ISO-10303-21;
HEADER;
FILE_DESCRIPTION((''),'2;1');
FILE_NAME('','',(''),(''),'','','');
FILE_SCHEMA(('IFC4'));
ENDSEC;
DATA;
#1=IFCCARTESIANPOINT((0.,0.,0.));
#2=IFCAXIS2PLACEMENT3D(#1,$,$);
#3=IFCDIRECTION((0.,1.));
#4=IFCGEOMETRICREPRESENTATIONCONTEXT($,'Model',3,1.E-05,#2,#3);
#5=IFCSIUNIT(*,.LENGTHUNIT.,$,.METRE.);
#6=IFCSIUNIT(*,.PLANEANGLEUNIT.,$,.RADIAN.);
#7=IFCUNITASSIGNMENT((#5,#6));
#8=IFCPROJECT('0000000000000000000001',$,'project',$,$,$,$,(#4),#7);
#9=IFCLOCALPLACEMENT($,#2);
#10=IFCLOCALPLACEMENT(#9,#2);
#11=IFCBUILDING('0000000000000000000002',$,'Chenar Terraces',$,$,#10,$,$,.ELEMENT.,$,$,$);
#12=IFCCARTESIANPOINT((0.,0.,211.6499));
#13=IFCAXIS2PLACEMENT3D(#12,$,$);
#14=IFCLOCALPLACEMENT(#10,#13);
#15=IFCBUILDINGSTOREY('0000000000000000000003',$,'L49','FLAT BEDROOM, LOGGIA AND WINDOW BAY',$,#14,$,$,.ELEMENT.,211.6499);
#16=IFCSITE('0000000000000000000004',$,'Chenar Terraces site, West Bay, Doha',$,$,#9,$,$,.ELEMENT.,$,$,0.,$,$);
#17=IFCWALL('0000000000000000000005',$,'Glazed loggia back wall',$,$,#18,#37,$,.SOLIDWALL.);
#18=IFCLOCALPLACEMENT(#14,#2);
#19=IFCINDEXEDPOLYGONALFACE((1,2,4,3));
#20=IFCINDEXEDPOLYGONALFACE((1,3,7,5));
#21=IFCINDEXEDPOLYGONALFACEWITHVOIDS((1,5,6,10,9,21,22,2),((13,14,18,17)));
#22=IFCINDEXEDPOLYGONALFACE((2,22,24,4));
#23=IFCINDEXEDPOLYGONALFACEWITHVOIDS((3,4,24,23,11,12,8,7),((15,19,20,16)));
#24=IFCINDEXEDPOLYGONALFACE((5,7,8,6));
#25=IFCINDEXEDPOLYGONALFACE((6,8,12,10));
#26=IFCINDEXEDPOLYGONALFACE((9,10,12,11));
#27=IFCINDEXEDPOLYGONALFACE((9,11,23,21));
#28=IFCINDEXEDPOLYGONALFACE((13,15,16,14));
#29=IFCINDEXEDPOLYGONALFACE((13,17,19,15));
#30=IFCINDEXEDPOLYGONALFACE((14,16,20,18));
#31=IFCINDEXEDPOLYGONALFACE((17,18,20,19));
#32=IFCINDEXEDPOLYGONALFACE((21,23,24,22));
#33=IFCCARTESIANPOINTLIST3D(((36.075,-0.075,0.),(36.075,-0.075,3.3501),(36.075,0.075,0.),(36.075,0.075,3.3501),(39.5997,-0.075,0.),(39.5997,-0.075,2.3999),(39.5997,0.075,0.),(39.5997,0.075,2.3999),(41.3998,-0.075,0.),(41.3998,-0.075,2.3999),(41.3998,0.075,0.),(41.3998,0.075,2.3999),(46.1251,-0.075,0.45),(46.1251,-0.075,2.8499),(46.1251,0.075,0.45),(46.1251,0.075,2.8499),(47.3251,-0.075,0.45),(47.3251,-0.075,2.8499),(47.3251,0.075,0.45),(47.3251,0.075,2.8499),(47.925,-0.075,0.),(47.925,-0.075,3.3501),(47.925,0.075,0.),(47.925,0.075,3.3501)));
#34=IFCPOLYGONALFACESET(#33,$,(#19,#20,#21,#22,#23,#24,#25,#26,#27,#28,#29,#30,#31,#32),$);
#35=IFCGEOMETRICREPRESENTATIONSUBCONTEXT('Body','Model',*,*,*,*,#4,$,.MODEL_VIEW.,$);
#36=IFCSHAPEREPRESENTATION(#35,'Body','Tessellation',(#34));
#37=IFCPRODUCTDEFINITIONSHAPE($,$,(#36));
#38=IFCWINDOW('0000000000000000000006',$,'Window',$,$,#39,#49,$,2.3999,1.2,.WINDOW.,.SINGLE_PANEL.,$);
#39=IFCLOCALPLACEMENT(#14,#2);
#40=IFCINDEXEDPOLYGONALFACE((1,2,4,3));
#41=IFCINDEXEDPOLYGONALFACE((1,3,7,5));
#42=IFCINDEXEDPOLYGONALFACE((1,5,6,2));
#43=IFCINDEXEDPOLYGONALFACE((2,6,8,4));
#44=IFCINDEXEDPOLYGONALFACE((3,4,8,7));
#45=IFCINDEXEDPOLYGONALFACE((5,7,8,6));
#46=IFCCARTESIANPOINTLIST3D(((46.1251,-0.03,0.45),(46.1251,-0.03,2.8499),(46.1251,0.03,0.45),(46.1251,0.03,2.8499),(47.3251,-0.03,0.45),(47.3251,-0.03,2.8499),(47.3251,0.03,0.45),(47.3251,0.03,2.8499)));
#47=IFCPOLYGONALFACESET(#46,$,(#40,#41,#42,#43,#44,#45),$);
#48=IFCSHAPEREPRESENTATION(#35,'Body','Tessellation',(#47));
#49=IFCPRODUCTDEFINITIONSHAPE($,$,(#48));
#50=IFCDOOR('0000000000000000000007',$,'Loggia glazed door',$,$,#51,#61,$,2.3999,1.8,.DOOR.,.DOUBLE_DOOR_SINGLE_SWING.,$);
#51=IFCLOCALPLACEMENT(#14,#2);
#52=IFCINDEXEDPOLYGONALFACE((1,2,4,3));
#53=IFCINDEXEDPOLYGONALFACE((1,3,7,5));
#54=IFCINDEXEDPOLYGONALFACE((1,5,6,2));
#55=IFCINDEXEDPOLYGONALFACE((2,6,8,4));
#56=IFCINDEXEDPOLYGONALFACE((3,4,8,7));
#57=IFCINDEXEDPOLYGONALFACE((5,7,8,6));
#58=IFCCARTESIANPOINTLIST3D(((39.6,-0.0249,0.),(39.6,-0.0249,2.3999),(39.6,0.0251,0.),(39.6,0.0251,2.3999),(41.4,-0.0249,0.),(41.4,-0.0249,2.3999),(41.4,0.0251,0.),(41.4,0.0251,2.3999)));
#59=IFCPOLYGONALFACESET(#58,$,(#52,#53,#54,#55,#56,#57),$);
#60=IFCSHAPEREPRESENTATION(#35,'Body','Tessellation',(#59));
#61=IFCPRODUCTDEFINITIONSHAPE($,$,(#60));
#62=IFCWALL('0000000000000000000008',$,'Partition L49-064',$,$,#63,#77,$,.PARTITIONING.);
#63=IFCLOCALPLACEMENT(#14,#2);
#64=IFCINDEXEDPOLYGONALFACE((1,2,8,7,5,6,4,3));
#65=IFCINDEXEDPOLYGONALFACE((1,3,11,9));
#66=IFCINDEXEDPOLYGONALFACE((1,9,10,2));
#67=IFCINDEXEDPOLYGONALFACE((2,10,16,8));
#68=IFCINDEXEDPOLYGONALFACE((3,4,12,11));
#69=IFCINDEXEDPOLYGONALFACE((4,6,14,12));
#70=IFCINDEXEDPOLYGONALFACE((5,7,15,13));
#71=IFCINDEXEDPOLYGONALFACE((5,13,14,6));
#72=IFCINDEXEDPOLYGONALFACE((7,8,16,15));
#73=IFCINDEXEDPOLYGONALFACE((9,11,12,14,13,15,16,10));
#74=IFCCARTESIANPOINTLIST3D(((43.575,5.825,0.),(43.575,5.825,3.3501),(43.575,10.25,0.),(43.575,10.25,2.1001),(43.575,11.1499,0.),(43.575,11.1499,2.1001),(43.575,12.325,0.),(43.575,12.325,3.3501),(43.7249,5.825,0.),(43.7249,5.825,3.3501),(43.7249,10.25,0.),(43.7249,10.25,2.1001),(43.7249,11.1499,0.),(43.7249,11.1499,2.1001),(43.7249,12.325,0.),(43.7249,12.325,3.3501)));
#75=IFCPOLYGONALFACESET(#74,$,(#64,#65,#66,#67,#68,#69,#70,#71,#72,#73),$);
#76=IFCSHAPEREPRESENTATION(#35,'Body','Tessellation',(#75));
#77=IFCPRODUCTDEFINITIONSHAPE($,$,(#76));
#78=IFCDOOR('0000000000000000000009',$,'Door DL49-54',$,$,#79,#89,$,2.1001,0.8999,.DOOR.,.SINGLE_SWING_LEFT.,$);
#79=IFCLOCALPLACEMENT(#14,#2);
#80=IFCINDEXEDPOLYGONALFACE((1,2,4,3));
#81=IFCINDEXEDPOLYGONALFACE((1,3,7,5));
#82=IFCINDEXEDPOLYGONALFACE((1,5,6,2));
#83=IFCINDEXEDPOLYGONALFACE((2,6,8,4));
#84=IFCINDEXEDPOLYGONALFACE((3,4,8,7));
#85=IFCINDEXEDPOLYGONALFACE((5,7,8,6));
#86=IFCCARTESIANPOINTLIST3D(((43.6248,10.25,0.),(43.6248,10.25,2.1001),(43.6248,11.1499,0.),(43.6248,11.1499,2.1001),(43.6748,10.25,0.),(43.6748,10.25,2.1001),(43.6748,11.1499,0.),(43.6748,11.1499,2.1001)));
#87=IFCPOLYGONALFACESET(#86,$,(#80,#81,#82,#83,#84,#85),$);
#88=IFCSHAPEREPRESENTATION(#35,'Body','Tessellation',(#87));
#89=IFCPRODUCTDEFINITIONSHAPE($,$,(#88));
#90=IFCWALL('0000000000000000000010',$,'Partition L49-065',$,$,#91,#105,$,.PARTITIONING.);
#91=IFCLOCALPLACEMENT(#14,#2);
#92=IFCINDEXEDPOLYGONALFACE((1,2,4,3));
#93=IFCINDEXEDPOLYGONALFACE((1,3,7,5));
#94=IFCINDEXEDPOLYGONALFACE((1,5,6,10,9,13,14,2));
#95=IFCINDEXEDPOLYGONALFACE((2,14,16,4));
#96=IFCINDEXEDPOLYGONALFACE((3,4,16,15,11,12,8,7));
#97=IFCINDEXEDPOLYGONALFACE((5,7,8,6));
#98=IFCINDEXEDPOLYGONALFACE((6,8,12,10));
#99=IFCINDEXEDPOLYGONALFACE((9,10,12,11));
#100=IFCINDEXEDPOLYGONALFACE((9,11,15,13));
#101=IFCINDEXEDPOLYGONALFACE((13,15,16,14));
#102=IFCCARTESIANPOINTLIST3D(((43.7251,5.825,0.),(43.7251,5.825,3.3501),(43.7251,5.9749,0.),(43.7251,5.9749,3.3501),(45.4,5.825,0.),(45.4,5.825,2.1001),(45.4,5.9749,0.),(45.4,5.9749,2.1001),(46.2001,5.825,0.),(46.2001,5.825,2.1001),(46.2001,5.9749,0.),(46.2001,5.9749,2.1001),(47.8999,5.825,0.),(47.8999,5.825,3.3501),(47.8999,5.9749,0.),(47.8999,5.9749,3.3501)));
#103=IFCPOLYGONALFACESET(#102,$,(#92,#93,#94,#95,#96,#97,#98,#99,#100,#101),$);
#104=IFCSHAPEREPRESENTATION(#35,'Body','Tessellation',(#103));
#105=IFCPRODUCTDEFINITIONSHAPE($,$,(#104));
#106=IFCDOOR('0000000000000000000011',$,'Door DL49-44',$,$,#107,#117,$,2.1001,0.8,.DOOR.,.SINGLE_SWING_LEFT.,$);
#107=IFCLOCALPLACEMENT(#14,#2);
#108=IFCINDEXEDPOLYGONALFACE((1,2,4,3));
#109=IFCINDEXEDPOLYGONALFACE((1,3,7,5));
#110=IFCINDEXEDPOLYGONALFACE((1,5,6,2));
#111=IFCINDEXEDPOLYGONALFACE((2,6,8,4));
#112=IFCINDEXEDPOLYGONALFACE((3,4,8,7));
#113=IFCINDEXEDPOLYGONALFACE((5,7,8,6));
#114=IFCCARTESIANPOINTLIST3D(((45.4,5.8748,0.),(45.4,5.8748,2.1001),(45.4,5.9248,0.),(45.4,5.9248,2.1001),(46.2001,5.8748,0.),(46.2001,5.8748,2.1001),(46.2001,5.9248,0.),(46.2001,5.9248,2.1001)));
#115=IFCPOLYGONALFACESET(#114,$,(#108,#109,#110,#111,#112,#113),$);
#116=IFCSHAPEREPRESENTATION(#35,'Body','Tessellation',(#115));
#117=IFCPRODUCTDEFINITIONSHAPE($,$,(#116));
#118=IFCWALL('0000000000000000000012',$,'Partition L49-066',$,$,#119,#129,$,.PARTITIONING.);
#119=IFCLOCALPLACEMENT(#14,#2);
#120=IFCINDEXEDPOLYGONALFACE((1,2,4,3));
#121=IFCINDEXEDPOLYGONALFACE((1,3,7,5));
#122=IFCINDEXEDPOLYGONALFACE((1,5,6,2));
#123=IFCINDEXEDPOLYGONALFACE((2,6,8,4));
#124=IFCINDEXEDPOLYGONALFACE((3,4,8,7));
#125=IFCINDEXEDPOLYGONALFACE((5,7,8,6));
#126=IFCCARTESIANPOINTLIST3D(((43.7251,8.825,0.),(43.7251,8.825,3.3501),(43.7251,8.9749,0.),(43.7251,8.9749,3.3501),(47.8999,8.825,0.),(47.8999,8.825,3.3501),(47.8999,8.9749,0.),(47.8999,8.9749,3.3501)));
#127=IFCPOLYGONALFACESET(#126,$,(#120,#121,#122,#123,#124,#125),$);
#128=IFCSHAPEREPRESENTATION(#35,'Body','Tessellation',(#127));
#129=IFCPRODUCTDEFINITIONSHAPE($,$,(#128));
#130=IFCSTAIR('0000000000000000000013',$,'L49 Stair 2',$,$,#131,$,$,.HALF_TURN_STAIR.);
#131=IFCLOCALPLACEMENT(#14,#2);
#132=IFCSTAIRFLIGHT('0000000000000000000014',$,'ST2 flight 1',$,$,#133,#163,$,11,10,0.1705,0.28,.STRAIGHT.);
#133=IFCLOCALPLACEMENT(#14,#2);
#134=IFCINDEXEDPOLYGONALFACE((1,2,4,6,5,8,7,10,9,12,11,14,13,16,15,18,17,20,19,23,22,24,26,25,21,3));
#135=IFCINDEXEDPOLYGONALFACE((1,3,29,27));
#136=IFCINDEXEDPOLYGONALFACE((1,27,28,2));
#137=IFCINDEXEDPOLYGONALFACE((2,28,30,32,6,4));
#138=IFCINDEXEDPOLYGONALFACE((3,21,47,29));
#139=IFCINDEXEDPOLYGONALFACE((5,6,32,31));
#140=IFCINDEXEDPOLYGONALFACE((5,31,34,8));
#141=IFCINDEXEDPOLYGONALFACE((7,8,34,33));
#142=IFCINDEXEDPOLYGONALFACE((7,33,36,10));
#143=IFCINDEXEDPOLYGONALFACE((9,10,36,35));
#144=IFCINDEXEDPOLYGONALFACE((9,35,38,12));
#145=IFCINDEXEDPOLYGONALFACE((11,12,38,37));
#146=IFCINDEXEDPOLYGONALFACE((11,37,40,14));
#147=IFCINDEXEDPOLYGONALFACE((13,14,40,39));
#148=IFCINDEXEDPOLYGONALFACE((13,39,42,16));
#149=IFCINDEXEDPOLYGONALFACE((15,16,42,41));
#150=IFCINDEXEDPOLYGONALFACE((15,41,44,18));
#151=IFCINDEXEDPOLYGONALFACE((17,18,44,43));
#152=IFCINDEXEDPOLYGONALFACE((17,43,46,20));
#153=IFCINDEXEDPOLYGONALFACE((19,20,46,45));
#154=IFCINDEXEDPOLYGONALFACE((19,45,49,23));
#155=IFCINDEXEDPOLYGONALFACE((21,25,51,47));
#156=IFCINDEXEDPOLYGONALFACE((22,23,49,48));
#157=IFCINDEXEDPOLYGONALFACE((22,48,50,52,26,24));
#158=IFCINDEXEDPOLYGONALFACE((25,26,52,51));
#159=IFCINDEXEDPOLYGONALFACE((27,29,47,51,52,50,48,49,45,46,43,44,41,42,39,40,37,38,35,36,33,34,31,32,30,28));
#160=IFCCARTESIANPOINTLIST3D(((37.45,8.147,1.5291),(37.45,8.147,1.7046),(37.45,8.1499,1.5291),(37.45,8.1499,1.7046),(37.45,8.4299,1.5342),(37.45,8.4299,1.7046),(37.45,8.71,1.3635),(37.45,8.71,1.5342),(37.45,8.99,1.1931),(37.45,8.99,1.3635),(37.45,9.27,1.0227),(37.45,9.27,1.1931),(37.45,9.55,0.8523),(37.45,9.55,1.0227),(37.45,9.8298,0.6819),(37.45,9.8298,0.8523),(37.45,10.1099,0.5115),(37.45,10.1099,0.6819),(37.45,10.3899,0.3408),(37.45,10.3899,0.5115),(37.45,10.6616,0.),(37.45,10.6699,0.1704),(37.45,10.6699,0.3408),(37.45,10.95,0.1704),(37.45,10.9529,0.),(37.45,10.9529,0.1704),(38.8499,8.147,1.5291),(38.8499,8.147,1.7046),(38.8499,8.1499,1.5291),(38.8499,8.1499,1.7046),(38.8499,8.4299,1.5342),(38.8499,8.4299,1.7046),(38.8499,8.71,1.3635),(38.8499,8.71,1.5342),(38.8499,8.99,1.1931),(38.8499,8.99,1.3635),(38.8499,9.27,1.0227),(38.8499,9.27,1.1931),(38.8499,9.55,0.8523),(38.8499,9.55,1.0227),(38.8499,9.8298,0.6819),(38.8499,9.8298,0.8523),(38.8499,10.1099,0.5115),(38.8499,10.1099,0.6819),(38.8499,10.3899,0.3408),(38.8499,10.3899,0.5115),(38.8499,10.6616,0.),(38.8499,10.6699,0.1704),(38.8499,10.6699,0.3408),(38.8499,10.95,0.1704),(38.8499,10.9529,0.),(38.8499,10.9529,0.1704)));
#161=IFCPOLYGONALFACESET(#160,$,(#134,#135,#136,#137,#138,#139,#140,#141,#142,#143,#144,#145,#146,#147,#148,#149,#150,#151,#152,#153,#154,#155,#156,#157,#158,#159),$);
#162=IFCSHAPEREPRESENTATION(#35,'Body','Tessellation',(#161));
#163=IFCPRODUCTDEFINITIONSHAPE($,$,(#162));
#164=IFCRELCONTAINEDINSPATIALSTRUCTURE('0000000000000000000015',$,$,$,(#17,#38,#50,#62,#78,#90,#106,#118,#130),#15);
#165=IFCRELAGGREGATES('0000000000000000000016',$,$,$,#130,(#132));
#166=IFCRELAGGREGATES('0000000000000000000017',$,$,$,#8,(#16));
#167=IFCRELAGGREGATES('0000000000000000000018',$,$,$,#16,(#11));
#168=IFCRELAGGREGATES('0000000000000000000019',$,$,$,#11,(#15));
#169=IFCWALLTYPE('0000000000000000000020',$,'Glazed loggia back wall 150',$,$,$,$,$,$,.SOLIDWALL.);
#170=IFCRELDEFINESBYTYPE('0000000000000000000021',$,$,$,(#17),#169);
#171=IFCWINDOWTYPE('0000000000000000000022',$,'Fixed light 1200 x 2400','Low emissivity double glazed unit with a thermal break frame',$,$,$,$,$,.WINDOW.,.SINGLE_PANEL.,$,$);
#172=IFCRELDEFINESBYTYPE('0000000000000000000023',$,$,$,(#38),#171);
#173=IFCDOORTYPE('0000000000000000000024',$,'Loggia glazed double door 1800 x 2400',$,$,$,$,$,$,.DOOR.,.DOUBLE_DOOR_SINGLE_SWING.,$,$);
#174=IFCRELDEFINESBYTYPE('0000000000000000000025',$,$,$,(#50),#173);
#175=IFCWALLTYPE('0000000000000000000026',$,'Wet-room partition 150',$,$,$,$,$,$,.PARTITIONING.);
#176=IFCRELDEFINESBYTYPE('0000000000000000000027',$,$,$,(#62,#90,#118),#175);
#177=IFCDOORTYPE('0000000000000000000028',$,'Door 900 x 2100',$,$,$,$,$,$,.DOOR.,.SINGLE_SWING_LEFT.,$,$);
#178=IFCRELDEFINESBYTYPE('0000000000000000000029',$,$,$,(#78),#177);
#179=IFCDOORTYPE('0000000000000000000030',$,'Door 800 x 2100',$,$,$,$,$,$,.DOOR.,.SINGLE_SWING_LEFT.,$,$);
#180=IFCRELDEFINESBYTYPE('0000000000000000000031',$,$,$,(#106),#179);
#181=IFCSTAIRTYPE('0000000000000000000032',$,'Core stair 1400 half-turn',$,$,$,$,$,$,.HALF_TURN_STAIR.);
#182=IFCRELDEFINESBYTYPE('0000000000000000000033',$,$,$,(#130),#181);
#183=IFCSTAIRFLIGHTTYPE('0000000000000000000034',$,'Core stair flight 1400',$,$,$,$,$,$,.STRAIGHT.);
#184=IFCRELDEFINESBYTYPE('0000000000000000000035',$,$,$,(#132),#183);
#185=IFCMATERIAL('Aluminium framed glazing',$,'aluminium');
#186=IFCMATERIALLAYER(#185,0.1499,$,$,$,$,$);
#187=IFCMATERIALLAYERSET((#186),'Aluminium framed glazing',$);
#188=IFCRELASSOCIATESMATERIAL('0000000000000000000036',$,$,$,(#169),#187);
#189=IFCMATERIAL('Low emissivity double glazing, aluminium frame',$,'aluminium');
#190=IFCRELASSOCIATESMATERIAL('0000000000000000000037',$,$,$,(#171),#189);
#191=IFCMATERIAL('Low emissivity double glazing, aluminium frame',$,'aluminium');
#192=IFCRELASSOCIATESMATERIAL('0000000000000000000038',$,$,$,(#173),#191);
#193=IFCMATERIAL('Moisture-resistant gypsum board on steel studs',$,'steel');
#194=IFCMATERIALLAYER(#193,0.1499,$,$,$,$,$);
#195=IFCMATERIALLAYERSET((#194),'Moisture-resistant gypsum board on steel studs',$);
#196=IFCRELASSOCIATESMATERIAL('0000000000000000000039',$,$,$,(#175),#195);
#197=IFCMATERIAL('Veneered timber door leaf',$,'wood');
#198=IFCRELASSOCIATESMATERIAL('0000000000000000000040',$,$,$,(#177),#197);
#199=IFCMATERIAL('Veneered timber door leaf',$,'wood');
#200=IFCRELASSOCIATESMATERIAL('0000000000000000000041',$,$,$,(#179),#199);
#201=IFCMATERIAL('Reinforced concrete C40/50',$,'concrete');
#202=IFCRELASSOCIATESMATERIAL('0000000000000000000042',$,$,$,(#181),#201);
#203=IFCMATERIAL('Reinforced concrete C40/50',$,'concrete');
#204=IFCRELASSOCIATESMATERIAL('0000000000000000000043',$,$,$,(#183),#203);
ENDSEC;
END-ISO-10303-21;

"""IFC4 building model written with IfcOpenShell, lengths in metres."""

from ifc_helpers import new_model, si_unit, direction, frame, frame_2d, origin, place, context, subcontext, project, spatial, polyline, rectangle, outline, extrude, material, layer, layer_set, type_object, element, fill, aggregate, save


model = new_model("IFC4")

# Units and contexts
model_context = context("Model", 3, precision=1e-05, world=origin(), true_north=direction((0.0, 1.0)))
body_context = subcontext(model_context, "Body", "Model", "MODEL_VIEW")
ifc_project = project(units=[si_unit("LENGTHUNIT", "METRE"), si_unit("PLANEANGLEUNIT", "RADIAN")], contexts=[model_context])

# Site, building, storey
site_placement = place(None, origin())
site = spatial("IfcSite", under=ifc_project, at=site_placement, Name="Chenar Terraces site, West Bay, Doha", CompositionType="ELEMENT", RefElevation=0.0)
building_placement = place(site_placement, origin())
building = spatial("IfcBuilding", under=site, at=building_placement, Name="Chenar Terraces", CompositionType="ELEMENT")
storey_placement = place(building_placement, frame((0.0, 0.0, 211.6499)))
storey = spatial("IfcBuildingStorey", under=building, at=storey_placement, Name="L49", Description="FLAT BEDROOM, LOGGIA AND WINDOW BAY", CompositionType="ELEMENT", Elevation=211.6499)

# Wall, openings, window, door
ifc_material_1 = material(Name="Aluminium framed glazing", Category="aluminium")
ifc_layer_1 = layer(ifc_material_1, 0.1499)
ifc_layer_set_1 = layer_set([ifc_layer_1], Name="Aluminium framed glazing")
wall_type_1 = type_object("IfcWallType", Name="Glazed loggia back wall 150", PredefinedType="SOLIDWALL", material=ifc_layer_set_1)
wall_1_placement = place(storey_placement, frame((36.075, 0.0, 0.0), z_axis=(0.0, 0.0, 1.0), x_axis=(1.0, 0.0, 0.0)))
wall_1 = element("IfcWall", 1, at=wall_1_placement, inside=storey, type_object=wall_type_1, Name="Glazed loggia back wall", PredefinedType="SOLIDWALL", context=body_context, shape_type="SweptSolid", body=[
    extrude(rectangle(XDim=11.8501, YDim=0.1499, at=frame_2d((5.925, 0.0))), origin(), (0.0, 0.0, 1.0), 3.3501),
])
opening_1_placement = place(wall_1_placement, frame((3.5249, 0.0, 0.0)))
opening_1 = element("IfcOpeningElement", 2, at=opening_1_placement, cuts=wall_1, PredefinedType="OPENING", context=body_context, shape_type="SweptSolid", body=[
    extrude(rectangle(XDim=1.8, YDim=2.3999, at=frame_2d((0.8999, 1.2))), frame((0.0, 0.085, 0.0), z_axis=(0.0, -1.0, 0.0), x_axis=(1.0, 0.0, 0.0)), (0.0, 0.0, 1.0), 0.1699),
])
opening_2_placement = place(wall_1_placement, frame((10.05, 0.0, 0.45)))
opening_2 = element("IfcOpeningElement", 3, at=opening_2_placement, cuts=wall_1, PredefinedType="OPENING", context=body_context, shape_type="SweptSolid", body=[
    extrude(rectangle(XDim=1.2, YDim=2.3999, at=frame_2d((0.6001, 1.2))), frame((0.0, 0.085, 0.0), z_axis=(0.0, -1.0, 0.0), x_axis=(1.0, 0.0, 0.0)), (0.0, 0.0, 1.0), 0.1699),
])
ifc_material_2 = material(Name="Low emissivity double glazing, aluminium frame", Category="aluminium")
window_type = type_object("IfcWindowType", Name="Fixed light 1200 x 2400", Description="Low emissivity double glazed unit with a thermal break frame", PartitioningType="SINGLE_PANEL", PredefinedType="WINDOW", material=ifc_material_2)
window_placement = place(opening_2_placement, origin())
window = element("IfcWindow", 4, at=window_placement, inside=storey, type_object=window_type, Name="Window", OverallHeight=2.3999, OverallWidth=1.2, PartitioningType="SINGLE_PANEL", PredefinedType="WINDOW", context=body_context, shape_type="SweptSolid", body=[
    extrude(rectangle(XDim=1.2, YDim=2.3999, at=frame_2d((0.6001, 1.2))), frame((0.0, 0.03, 0.0), z_axis=(0.0, -1.0, 0.0), x_axis=(1.0, 0.0, 0.0)), (0.0, 0.0, 1.0), 0.0601),
])
fill(opening_2, window)
ifc_material_3 = material(Name="Low emissivity double glazing, aluminium frame", Category="aluminium")
door_type_1 = type_object("IfcDoorType", Name="Loggia glazed double door 1800 x 2400", OperationType="DOUBLE_DOOR_SINGLE_SWING", PredefinedType="DOOR", material=ifc_material_3)
door_1_placement = place(opening_1_placement, frame((1.8, 0.0, 0.0), z_axis=(0.0, 0.0, 1.0), x_axis=(-1.0, 0.0, 0.0)))
door_1 = element("IfcDoor", 5, at=door_1_placement, inside=storey, type_object=door_type_1, Name="Loggia glazed door", OperationType="DOUBLE_DOOR_SINGLE_SWING", OverallHeight=2.3999, OverallWidth=1.8, PredefinedType="DOOR", context=body_context, shape_type="SweptSolid", body=[
    extrude(rectangle(XDim=1.8, YDim=2.3999, at=frame_2d((0.8999, 1.2))), frame((0.0, 0.0249, 0.0), z_axis=(0.0, -1.0, 0.0), x_axis=(1.0, 0.0, 0.0)), (0.0, 0.0, 1.0), 0.05),
])
fill(opening_1, door_1)

# Walls, openings, doors
ifc_material_4 = material(Name="Moisture-resistant gypsum board on steel studs", Category="steel")
ifc_layer_2 = layer(ifc_material_4, 0.1499)
ifc_layer_set_2 = layer_set([ifc_layer_2], Name="Moisture-resistant gypsum board on steel studs")
wall_type_2 = type_object("IfcWallType", Name="Wet-room partition 150", PredefinedType="PARTITIONING", material=ifc_layer_set_2)
wall_2_placement = place(storey_placement, frame((43.6499, 5.825, 0.0), z_axis=(0.0, 0.0, 1.0), x_axis=(0.0, 1.0, 0.0)))
wall_2 = element("IfcWall", 6, at=wall_2_placement, inside=storey, type_object=wall_type_2, Name="Partition L49-064", PredefinedType="PARTITIONING", context=body_context, shape_type="SweptSolid", body=[
    extrude(rectangle(XDim=6.5, YDim=0.1499, at=frame_2d((3.25, 0.0))), origin(), (0.0, 0.0, 1.0), 3.3501),
])
opening_3_placement = place(wall_2_placement, frame((4.425, 0.0, 0.0)))
opening_3 = element("IfcOpeningElement", 7, at=opening_3_placement, cuts=wall_2, PredefinedType="OPENING", context=body_context, shape_type="SweptSolid", body=[
    extrude(rectangle(XDim=0.8999, YDim=2.1001, at=frame_2d((0.45, 1.05))), frame((0.0, 0.085, 0.0), z_axis=(0.0, -1.0, 0.0), x_axis=(1.0, 0.0, 0.0)), (0.0, 0.0, 1.0), 0.1699),
])
ifc_material_5 = material(Name="Veneered timber door leaf", Category="wood")
door_type_2 = type_object("IfcDoorType", Name="Door 900 x 2100", OperationType="SINGLE_SWING_LEFT", PredefinedType="DOOR", material=ifc_material_5)
door_2_placement = place(opening_3_placement, frame((0.8999, 0.0, 0.0), z_axis=(0.0, 0.0, 1.0), x_axis=(-1.0, 0.0, 0.0)))
door_2 = element("IfcDoor", 8, at=door_2_placement, inside=storey, type_object=door_type_2, Name="Door DL49-54", OperationType="SINGLE_SWING_LEFT", OverallHeight=2.1001, OverallWidth=0.8999, PredefinedType="DOOR", context=body_context, shape_type="SweptSolid", body=[
    extrude(rectangle(XDim=0.8999, YDim=2.1001, at=frame_2d((0.45, 1.05))), frame((0.0, 0.0249, 0.0), z_axis=(0.0, -1.0, 0.0), x_axis=(1.0, 0.0, 0.0)), (0.0, 0.0, 1.0), 0.05),
])
fill(opening_3, door_2)
wall_3_placement = place(storey_placement, frame((43.7251, 5.8999, 0.0), z_axis=(0.0, 0.0, 1.0), x_axis=(1.0, 0.0, 0.0)))
wall_3 = element("IfcWall", 9, at=wall_3_placement, inside=storey, type_object=wall_type_2, Name="Partition L49-065", PredefinedType="PARTITIONING", context=body_context, shape_type="SweptSolid", body=[
    extrude(rectangle(XDim=4.1748, YDim=0.1499, at=frame_2d((2.0874, 0.0))), origin(), (0.0, 0.0, 1.0), 3.3501),
])
opening_4_placement = place(wall_3_placement, frame((1.675, 0.0, 0.0)))
opening_4 = element("IfcOpeningElement", 10, at=opening_4_placement, cuts=wall_3, PredefinedType="OPENING", context=body_context, shape_type="SweptSolid", body=[
    extrude(rectangle(XDim=0.8, YDim=2.1001, at=frame_2d((0.3999, 1.05))), frame((0.0, 0.085, 0.0), z_axis=(0.0, -1.0, 0.0), x_axis=(1.0, 0.0, 0.0)), (0.0, 0.0, 1.0), 0.1699),
])
ifc_material_6 = material(Name="Veneered timber door leaf", Category="wood")
door_type_3 = type_object("IfcDoorType", Name="Door 800 x 2100", OperationType="SINGLE_SWING_LEFT", PredefinedType="DOOR", material=ifc_material_6)
door_3_placement = place(opening_4_placement, origin())
door_3 = element("IfcDoor", 11, at=door_3_placement, inside=storey, type_object=door_type_3, Name="Door DL49-44", OperationType="SINGLE_SWING_LEFT", OverallHeight=2.1001, OverallWidth=0.8, PredefinedType="DOOR", context=body_context, shape_type="SweptSolid", body=[
    extrude(rectangle(XDim=0.8, YDim=2.1001, at=frame_2d((0.3999, 1.05))), frame((0.0, 0.0249, 0.0), z_axis=(0.0, -1.0, 0.0), x_axis=(1.0, 0.0, 0.0)), (0.0, 0.0, 1.0), 0.05),
])
fill(opening_4, door_3)

# Wall
wall_4_placement = place(storey_placement, frame((43.7251, 8.8999, 0.0), z_axis=(0.0, 0.0, 1.0), x_axis=(1.0, 0.0, 0.0)))
element("IfcWall", 12, at=wall_4_placement, inside=storey, type_object=wall_type_2, Name="Partition L49-066", PredefinedType="PARTITIONING", context=body_context, shape_type="SweptSolid", body=[
    extrude(rectangle(XDim=4.1748, YDim=0.1499, at=frame_2d((2.0874, 0.0))), origin(), (0.0, 0.0, 1.0), 3.3501),
])

# Stair, stair flight
ifc_material_7 = material(Name="Reinforced concrete C40/50", Category="concrete")
stair_type = type_object("IfcStairType", Name="Core stair 1400 half-turn", PredefinedType="HALF_TURN_STAIR", material=ifc_material_7)
stair_placement = place(storey_placement, origin())
stair = element("IfcStair", 13, at=stair_placement, inside=storey, type_object=stair_type, Name="L49 Stair 2", PredefinedType="HALF_TURN_STAIR")
ifc_material_8 = material(Name="Reinforced concrete C40/50", Category="concrete")
stair_flight_type = type_object("IfcStairFlightType", Name="Core stair flight 1400", PredefinedType="STRAIGHT", material=ifc_material_8)
stair_flight_1_placement = place(storey_placement, frame((38.1499, 10.95, 0.0), z_axis=(0.0, 0.0, 1.0), x_axis=(0.0, -1.0, 0.0)))
stair_flight_1 = element("IfcStairFlight", 14, at=stair_flight_1_placement, type_object=stair_flight_type, Name="ST2 flight 1", NumberOfRisers=11, NumberOfTreads=10, PredefinedType="STRAIGHT", RiserHeight=0.1705, TreadLength=0.28, context=body_context, shape_type="SweptSolid", body=[
    extrude(outline(polyline([(-0.0029, 0.0), (-0.0029, 0.1704), (0.0, 0.1704), (0.28, 0.1704), (0.28, 0.3408), (0.5601, 0.3408), (0.5601, 0.5115), (0.8401, 0.5115), (0.8401, 0.6819), (1.1201, 0.6819), (1.1201, 0.8523), (1.3999, 0.8523), (1.3999, 1.0227), (1.6799, 1.0227), (1.6799, 1.1931), (1.96, 1.1931), (1.96, 1.3635), (2.24, 1.3635), (2.24, 1.5342), (2.52, 1.5342), (2.52, 1.7046), (2.8, 1.7046), (2.803, 1.7046), (2.803, 1.5291), (2.8, 1.5291), (0.2883, 0.0), (-0.0029, 0.0)])), frame((0.0, 0.7, 0.0), z_axis=(0.0, -1.0, 0.0), x_axis=(1.0, 0.0, 0.0)), (0.0, 0.0, 1.0), 1.3999),
])
aggregate(stair, [stair_flight_1])

save(model, "model.ifc")
